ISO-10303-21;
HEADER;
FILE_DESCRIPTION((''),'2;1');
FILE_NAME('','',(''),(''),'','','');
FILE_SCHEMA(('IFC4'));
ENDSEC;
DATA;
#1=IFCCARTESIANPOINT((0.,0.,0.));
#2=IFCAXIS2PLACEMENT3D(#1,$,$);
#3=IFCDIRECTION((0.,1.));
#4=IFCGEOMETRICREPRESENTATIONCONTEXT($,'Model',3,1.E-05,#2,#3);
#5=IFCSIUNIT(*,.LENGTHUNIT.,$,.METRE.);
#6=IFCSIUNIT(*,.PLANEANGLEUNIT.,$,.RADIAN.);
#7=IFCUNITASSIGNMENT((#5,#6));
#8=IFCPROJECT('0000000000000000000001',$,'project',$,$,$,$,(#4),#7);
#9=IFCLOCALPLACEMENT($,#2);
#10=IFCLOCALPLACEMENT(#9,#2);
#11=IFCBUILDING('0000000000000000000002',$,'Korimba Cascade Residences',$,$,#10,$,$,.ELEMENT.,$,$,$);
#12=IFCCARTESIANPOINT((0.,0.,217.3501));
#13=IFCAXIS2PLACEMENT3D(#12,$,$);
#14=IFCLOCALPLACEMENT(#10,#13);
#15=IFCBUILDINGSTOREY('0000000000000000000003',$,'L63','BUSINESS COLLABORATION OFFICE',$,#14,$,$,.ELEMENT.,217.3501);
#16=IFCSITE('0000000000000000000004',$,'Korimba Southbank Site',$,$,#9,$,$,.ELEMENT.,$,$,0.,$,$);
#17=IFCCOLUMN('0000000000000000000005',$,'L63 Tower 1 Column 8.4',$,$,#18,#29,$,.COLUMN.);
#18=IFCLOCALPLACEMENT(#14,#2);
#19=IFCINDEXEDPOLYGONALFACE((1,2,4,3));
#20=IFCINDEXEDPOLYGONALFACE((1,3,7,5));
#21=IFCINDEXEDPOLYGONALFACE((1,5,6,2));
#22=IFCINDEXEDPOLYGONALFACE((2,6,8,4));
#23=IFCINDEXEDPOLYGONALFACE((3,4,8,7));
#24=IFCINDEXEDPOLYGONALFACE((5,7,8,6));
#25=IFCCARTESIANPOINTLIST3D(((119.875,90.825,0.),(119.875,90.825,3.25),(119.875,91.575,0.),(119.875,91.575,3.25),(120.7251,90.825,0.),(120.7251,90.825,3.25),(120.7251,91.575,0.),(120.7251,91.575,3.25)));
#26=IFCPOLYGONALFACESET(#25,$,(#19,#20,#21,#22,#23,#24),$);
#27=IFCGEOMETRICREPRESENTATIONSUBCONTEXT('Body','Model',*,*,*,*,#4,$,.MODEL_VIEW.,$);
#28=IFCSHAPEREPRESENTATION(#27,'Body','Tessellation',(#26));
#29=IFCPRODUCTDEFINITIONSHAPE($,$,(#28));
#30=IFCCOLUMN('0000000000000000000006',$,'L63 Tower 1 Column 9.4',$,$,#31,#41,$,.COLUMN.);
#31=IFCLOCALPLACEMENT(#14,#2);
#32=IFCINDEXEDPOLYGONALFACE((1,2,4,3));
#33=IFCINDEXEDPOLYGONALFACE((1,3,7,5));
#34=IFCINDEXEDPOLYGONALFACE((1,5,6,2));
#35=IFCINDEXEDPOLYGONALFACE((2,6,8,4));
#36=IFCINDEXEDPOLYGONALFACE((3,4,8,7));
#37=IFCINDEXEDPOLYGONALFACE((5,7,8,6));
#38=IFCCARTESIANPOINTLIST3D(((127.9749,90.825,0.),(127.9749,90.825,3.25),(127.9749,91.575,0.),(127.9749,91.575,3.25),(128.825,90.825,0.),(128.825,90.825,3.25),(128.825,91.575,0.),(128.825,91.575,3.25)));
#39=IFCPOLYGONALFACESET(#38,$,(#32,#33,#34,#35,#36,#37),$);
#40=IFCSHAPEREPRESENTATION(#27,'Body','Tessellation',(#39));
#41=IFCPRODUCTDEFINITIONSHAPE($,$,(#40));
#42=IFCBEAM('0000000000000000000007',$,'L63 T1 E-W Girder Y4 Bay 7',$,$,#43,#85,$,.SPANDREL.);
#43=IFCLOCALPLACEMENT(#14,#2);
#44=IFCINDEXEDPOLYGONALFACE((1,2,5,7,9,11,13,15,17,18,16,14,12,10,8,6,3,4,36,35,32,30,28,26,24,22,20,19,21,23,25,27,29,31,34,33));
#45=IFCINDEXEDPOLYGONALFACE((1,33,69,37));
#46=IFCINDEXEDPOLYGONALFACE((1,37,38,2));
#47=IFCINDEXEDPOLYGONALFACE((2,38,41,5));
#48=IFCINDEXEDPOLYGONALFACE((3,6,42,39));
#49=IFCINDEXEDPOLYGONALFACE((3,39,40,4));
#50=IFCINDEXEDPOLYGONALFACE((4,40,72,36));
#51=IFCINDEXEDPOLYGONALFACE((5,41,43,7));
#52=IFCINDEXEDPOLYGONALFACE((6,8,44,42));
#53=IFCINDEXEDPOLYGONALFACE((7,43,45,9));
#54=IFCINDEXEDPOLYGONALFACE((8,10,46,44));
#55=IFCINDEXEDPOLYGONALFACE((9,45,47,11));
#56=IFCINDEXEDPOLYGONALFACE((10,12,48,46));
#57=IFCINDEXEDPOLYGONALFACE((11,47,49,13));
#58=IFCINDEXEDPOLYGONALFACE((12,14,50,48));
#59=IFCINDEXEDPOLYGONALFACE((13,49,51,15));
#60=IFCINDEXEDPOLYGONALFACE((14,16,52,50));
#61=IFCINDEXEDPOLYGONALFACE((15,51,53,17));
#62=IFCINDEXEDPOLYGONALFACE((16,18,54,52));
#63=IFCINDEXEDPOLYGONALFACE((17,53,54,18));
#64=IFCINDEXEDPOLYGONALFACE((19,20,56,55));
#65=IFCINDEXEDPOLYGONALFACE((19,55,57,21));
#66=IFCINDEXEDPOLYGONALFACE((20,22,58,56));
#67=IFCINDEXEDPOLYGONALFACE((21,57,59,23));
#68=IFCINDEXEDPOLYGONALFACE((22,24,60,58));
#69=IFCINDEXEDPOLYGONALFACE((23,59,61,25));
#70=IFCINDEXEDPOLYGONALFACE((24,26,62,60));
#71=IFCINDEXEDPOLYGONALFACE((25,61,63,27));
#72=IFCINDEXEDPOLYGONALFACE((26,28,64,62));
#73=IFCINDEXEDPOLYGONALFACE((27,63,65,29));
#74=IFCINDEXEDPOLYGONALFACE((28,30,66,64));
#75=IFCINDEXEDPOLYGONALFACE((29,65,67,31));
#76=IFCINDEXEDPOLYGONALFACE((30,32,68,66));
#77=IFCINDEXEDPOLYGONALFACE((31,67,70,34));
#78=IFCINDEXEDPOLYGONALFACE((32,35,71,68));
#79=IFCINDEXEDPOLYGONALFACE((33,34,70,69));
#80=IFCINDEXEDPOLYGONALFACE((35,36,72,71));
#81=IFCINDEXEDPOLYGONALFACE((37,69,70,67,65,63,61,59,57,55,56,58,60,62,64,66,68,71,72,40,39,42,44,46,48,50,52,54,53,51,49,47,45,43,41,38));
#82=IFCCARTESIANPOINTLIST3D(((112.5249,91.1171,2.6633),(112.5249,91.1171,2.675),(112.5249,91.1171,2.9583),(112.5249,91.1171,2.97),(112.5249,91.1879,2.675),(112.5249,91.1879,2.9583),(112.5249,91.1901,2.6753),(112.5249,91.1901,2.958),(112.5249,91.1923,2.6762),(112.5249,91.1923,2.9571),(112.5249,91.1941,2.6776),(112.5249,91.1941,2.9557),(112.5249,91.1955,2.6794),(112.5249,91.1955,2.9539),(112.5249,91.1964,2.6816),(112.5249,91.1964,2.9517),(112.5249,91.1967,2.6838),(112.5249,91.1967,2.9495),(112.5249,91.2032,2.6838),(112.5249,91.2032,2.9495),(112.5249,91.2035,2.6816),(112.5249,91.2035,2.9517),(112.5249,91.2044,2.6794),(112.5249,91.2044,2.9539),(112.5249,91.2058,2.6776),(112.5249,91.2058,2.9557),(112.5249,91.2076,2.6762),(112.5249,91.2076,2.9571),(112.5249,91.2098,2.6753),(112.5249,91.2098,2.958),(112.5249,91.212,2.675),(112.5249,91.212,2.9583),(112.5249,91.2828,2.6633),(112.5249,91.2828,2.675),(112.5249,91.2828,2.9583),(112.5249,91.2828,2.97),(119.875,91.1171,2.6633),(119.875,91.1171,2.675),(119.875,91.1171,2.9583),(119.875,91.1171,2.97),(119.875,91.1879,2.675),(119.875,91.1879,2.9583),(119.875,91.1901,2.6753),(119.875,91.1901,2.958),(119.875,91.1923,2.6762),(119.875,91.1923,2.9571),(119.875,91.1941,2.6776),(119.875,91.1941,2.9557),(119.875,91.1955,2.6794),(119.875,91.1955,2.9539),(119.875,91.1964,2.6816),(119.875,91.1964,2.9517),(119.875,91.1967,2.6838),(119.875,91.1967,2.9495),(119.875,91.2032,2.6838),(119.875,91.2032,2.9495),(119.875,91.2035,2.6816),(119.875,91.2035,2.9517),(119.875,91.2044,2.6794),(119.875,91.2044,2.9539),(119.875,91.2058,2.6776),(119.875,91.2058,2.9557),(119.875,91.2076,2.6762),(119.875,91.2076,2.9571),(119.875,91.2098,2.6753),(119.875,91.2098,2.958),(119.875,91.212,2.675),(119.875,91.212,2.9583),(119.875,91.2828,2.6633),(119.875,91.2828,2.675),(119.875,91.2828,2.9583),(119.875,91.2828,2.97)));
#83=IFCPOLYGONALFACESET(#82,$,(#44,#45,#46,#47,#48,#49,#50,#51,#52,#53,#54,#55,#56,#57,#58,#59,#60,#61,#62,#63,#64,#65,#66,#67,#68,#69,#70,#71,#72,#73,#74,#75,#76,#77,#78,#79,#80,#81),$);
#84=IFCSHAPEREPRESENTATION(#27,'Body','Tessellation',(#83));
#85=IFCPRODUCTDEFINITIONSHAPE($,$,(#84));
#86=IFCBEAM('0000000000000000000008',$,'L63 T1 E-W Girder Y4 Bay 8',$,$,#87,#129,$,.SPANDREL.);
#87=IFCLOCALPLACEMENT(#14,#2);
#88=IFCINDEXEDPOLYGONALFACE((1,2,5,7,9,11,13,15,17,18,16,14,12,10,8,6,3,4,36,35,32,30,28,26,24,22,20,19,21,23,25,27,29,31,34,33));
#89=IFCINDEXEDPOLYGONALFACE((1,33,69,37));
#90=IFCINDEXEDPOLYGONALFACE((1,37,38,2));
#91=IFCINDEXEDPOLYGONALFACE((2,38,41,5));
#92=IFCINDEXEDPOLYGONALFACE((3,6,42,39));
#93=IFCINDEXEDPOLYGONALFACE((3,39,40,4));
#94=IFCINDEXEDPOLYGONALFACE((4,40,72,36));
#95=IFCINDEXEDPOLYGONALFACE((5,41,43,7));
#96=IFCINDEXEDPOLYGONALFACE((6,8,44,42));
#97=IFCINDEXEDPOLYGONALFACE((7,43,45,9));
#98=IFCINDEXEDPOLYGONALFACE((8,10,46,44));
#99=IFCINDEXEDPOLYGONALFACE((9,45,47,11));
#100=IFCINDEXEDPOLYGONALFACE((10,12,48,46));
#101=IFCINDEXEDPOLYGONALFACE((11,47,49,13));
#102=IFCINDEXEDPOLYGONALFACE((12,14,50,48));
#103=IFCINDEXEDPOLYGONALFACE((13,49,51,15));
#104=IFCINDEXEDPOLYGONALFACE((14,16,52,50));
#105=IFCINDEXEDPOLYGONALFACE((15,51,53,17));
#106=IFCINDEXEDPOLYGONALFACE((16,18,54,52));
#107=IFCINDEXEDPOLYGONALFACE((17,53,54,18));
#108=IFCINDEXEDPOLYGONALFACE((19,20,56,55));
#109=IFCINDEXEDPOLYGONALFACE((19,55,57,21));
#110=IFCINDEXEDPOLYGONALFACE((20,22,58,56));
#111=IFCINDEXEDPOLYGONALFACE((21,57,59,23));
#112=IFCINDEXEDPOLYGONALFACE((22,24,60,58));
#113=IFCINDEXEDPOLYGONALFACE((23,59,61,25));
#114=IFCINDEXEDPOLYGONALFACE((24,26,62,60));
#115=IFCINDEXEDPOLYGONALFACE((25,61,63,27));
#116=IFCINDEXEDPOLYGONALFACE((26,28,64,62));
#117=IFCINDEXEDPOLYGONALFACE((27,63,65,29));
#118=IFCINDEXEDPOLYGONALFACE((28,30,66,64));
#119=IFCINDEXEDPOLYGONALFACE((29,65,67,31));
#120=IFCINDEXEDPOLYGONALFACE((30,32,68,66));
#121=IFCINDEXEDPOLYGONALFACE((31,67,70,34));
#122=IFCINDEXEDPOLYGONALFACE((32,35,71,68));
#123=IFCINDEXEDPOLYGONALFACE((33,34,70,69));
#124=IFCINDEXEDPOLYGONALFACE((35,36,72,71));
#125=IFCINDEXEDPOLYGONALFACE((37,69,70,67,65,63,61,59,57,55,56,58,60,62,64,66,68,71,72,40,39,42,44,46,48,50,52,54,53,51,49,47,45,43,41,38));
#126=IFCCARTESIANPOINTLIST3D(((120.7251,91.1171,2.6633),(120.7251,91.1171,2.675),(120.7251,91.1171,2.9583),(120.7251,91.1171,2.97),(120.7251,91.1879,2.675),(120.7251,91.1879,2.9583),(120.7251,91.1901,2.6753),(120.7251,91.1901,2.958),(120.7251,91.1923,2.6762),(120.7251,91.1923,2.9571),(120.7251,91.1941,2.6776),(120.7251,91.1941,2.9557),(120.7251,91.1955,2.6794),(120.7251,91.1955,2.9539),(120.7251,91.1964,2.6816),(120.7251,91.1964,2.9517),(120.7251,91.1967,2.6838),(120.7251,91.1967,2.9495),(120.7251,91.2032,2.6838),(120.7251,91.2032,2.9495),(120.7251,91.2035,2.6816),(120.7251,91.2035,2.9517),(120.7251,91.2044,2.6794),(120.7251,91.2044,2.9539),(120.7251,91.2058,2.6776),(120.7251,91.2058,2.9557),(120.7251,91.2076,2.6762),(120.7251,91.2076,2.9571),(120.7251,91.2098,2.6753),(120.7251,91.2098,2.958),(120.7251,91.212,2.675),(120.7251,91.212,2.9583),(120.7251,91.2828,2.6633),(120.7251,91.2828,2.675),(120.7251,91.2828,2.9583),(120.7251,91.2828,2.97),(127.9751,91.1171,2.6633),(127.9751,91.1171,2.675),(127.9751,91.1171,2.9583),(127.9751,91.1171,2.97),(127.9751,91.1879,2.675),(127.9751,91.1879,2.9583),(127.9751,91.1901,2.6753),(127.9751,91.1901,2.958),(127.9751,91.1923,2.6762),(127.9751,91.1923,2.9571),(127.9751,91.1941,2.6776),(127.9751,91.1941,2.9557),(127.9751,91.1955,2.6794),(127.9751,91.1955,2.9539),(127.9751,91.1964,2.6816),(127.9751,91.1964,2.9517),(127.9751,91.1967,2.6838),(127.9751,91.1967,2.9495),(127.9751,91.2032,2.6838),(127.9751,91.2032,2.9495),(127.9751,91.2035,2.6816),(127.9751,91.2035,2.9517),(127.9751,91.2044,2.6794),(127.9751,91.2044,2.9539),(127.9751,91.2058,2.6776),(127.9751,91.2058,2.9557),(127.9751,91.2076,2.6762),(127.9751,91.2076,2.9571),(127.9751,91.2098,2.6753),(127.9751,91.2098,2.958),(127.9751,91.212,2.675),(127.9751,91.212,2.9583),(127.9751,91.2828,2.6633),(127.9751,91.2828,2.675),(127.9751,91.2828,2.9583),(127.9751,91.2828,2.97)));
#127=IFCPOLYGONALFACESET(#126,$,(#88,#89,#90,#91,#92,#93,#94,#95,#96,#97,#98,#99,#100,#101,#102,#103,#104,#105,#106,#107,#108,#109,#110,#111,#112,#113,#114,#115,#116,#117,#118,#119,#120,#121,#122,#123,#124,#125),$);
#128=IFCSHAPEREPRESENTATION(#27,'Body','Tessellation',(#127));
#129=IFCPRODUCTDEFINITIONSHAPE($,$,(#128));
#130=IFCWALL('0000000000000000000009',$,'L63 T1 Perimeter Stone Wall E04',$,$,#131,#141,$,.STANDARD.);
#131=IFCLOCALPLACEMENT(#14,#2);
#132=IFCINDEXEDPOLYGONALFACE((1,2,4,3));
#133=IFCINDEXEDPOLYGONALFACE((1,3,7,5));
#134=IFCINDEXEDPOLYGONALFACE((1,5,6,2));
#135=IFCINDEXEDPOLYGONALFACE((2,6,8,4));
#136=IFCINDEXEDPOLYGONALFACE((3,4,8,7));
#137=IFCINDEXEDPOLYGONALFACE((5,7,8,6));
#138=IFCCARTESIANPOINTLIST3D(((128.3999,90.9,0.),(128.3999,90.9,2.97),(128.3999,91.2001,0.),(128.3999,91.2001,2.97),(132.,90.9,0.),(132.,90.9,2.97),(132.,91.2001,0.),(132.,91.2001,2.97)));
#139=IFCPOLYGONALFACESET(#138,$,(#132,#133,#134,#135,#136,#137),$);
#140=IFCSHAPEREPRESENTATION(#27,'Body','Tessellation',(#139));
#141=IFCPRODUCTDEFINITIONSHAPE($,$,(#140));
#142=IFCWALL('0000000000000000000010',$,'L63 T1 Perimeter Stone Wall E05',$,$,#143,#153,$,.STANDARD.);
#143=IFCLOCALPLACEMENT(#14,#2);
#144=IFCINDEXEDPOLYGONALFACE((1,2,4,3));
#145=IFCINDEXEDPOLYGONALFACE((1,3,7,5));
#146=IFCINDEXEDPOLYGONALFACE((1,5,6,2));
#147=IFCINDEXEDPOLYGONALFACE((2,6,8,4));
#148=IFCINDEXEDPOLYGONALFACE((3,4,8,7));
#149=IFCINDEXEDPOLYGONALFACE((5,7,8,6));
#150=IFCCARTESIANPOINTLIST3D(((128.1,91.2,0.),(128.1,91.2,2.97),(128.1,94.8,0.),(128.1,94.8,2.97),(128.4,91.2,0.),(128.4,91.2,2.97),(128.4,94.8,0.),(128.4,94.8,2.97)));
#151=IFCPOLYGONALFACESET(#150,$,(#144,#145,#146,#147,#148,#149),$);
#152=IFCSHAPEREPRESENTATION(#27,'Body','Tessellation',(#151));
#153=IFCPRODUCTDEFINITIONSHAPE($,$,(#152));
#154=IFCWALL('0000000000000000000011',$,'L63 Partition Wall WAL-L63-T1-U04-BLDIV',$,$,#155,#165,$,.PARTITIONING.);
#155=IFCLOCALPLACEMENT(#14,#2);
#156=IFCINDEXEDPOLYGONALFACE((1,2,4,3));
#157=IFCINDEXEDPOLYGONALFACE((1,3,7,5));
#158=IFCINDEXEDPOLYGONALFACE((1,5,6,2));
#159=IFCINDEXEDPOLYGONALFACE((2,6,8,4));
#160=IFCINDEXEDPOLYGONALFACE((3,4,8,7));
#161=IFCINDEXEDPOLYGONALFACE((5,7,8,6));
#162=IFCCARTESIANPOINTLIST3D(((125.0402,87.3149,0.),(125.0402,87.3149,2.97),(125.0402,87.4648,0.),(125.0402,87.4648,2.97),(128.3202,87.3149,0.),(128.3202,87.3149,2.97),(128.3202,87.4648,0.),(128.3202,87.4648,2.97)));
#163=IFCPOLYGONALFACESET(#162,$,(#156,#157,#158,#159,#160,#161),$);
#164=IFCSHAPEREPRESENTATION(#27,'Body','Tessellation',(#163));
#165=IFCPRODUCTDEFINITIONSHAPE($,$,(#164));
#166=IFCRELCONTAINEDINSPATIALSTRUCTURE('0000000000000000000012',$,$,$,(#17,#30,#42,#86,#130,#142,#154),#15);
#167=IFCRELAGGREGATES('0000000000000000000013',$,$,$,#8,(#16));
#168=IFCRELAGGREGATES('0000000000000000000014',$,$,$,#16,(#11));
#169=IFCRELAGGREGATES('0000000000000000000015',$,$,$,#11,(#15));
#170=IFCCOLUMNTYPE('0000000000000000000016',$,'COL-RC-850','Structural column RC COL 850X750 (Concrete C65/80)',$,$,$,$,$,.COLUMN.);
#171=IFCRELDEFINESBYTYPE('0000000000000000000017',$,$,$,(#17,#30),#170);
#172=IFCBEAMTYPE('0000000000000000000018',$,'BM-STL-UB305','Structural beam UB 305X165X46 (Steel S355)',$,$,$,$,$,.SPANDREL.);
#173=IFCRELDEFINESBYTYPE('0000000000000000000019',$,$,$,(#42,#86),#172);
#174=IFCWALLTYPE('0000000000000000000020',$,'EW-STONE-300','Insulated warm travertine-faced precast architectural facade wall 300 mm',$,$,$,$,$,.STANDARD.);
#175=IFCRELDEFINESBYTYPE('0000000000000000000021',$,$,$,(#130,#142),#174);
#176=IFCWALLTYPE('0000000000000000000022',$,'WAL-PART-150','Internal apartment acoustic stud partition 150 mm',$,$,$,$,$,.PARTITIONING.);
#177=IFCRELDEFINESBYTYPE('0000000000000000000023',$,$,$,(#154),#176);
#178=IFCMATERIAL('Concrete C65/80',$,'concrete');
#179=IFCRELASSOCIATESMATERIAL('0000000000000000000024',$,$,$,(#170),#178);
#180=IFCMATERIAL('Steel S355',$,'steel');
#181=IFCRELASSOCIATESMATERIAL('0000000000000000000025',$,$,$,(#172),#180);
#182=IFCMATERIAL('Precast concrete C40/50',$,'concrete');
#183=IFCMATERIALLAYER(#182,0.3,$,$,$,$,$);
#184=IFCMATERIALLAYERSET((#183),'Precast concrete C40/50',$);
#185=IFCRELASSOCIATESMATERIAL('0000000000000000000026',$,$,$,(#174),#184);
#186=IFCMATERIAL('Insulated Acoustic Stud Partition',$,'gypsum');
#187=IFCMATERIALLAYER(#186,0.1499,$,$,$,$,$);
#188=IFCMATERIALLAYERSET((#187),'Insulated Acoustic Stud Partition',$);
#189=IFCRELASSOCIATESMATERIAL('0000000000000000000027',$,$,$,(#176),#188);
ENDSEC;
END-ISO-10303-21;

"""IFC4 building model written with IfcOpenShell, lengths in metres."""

from ifc_helpers import new_model, si_unit, direction, frame, frame_2d, origin, origin_2d, place, context, subcontext, project, spatial, rectangle, i_section, extrude, material, layer, layer_set, material_profile, profile_set, type_object, element, save


model = new_model("IFC4")

# Units and contexts
model_context = context("Model", 3, precision=1e-05, world=origin(), true_north=direction((0.0, 1.0)))
body_context = subcontext(model_context, "Body", "Model", "MODEL_VIEW")
ifc_project = project(units=[si_unit("LENGTHUNIT", "METRE"), si_unit("PLANEANGLEUNIT", "RADIAN")], contexts=[model_context])

# Site, building, storey
site_placement = place(None, origin())
site = spatial("IfcSite", under=ifc_project, at=site_placement, Name="Korimba Southbank Site", CompositionType="ELEMENT", RefElevation=0.0)
building_placement = place(site_placement, origin())
building = spatial("IfcBuilding", under=site, at=building_placement, Name="Korimba Cascade Residences", CompositionType="ELEMENT")
storey_placement = place(building_placement, frame((0.0, 0.0, 217.3501)))
storey = spatial("IfcBuildingStorey", under=building, at=storey_placement, Name="L63", Description="BUSINESS COLLABORATION OFFICE", CompositionType="ELEMENT", Elevation=217.3501)

# Columns
ifc_material_1 = material(Name="Concrete C65/80", Category="concrete")
ifc_material_profile_1 = material_profile(ifc_material_1, rectangle(XDim=0.8501, YDim=0.75, at=origin_2d()), Name="Concrete C65/80")
ifc_profile_set_1 = profile_set([ifc_material_profile_1], Name="Concrete C65/80")
column_type = type_object("IfcColumnType", Name="COL-RC-850", Description="Structural column RC COL 850X750 (Concrete C65/80)", PredefinedType="COLUMN", material=ifc_profile_set_1)
for number, where, z_axis, x_axis, name in (
    (1, (120.3, 91.2, 0.0), (0.0, 0.0, 1.0), (1.0, 0.0, 0.0), "L63 Tower 1 Column 8.4"),
    (2, (128.3999, 91.2, 0.0), (0.0, 0.0, 1.0), (1.0, 0.0, 0.0), "L63 Tower 1 Column 9.4"),
):
    element("IfcColumn", number, at=place(storey_placement, frame(where, z_axis=z_axis, x_axis=x_axis)), inside=storey, type_object=column_type, Name=name, PredefinedType="COLUMN", context=body_context, shape_type="SweptSolid", body=[
        extrude(rectangle(XDim=0.8501, YDim=0.75, at=origin_2d()), origin(), (0.0, 0.0, 1.0), 3.25),
    ])

# Beams
ifc_material_2 = material(Name="Steel S355", Category="steel")
ifc_material_profile_2 = material_profile(ifc_material_2, i_section(OverallWidth=0.1658, OverallDepth=0.3066, WebThickness=0.0066, FlangeThickness=0.0117, FilletRadius=0.0088, at=origin_2d()), Name="Steel S355")
ifc_profile_set_2 = profile_set([ifc_material_profile_2], Name="Steel S355")
beam_type = type_object("IfcBeamType", Name="BM-STL-UB305", Description="Structural beam UB 305X165X46 (Steel S355)", PredefinedType="SPANDREL", material=ifc_profile_set_2)
beam_1_placement = place(storey_placement, frame((112.5249, 91.2, 2.8167), z_axis=(1.0, 0.0, 0.0), x_axis=(0.0, 1.0, 0.0)))
element("IfcBeam", 3, at=beam_1_placement, inside=storey, type_object=beam_type, Name="L63 T1 E-W Girder Y4 Bay 7", PredefinedType="SPANDREL", context=body_context, shape_type="SweptSolid", body=[
    extrude(i_section(OverallWidth=0.1658, OverallDepth=0.3066, WebThickness=0.0066, FlangeThickness=0.0117, FilletRadius=0.0088, at=origin_2d()), origin(), (0.0, 0.0, 1.0), 7.3501),
])
beam_2_placement = place(storey_placement, frame((120.7251, 91.2, 2.8167), z_axis=(1.0, 0.0, 0.0), x_axis=(0.0, 1.0, 0.0)))
element("IfcBeam", 4, at=beam_2_placement, inside=storey, type_object=beam_type, Name="L63 T1 E-W Girder Y4 Bay 8", PredefinedType="SPANDREL", context=body_context, shape_type="SweptSolid", body=[
    extrude(i_section(OverallWidth=0.1658, OverallDepth=0.3066, WebThickness=0.0066, FlangeThickness=0.0117, FilletRadius=0.0088, at=origin_2d()), origin(), (0.0, 0.0, 1.0), 7.25),
])

# Shared definitions
ifc_material_3 = material(Name="Precast concrete C40/50", Category="concrete")

# Walls
ifc_layer_1 = layer(ifc_material_3, 0.3)
ifc_layer_set_1 = layer_set([ifc_layer_1], Name="Precast concrete C40/50")
wall_type_1 = type_object("IfcWallType", Name="EW-STONE-300", Description="Insulated warm travertine-faced precast architectural facade wall 300 mm", PredefinedType="STANDARD", material=ifc_layer_set_1)
for number, where, z_axis, x_axis, name in (
    (5, (132.0, 91.05, 0.0), (0.0, 0.0, 1.0), (-1.0, 0.0, 0.0), "L63 T1 Perimeter Stone Wall E04"),
    (6, (128.25, 91.2, 0.0), (0.0, 0.0, 1.0), (0.0, 1.0, 0.0), "L63 T1 Perimeter Stone Wall E05"),
):
    element("IfcWall", number, at=place(storey_placement, frame(where, z_axis=z_axis, x_axis=x_axis)), inside=storey, type_object=wall_type_1, Name=name, PredefinedType="STANDARD", context=body_context, shape_type="SweptSolid", body=[
        extrude(rectangle(XDim=3.6001, YDim=0.3, at=frame_2d((1.8, 0.0))), origin(), (0.0, 0.0, 1.0), 2.97),
    ])
ifc_material_4 = material(Name="Insulated Acoustic Stud Partition", Category="gypsum")
ifc_layer_2 = layer(ifc_material_4, 0.1499)
ifc_layer_set_2 = layer_set([ifc_layer_2], Name="Insulated Acoustic Stud Partition")
wall_type_2 = type_object("IfcWallType", Name="WAL-PART-150", Description="Internal apartment acoustic stud partition 150 mm", PredefinedType="PARTITIONING", material=ifc_layer_set_2)
wall_1_placement = place(storey_placement, frame((125.04, 87.3899, 0.0), z_axis=(0.0, 0.0, 1.0), x_axis=(1.0, 0.0, 0.0)))
element("IfcWall", 7, at=wall_1_placement, inside=storey, type_object=wall_type_2, Name="L63 Partition Wall WAL-L63-T1-U04-BLDIV", PredefinedType="PARTITIONING", context=body_context, shape_type="SweptSolid", body=[
    extrude(rectangle(XDim=3.28, YDim=0.1499, at=frame_2d((1.6401, 0.0))), origin(), (0.0, 0.0, 1.0), 2.97),
])

save(model, "model.ifc")
